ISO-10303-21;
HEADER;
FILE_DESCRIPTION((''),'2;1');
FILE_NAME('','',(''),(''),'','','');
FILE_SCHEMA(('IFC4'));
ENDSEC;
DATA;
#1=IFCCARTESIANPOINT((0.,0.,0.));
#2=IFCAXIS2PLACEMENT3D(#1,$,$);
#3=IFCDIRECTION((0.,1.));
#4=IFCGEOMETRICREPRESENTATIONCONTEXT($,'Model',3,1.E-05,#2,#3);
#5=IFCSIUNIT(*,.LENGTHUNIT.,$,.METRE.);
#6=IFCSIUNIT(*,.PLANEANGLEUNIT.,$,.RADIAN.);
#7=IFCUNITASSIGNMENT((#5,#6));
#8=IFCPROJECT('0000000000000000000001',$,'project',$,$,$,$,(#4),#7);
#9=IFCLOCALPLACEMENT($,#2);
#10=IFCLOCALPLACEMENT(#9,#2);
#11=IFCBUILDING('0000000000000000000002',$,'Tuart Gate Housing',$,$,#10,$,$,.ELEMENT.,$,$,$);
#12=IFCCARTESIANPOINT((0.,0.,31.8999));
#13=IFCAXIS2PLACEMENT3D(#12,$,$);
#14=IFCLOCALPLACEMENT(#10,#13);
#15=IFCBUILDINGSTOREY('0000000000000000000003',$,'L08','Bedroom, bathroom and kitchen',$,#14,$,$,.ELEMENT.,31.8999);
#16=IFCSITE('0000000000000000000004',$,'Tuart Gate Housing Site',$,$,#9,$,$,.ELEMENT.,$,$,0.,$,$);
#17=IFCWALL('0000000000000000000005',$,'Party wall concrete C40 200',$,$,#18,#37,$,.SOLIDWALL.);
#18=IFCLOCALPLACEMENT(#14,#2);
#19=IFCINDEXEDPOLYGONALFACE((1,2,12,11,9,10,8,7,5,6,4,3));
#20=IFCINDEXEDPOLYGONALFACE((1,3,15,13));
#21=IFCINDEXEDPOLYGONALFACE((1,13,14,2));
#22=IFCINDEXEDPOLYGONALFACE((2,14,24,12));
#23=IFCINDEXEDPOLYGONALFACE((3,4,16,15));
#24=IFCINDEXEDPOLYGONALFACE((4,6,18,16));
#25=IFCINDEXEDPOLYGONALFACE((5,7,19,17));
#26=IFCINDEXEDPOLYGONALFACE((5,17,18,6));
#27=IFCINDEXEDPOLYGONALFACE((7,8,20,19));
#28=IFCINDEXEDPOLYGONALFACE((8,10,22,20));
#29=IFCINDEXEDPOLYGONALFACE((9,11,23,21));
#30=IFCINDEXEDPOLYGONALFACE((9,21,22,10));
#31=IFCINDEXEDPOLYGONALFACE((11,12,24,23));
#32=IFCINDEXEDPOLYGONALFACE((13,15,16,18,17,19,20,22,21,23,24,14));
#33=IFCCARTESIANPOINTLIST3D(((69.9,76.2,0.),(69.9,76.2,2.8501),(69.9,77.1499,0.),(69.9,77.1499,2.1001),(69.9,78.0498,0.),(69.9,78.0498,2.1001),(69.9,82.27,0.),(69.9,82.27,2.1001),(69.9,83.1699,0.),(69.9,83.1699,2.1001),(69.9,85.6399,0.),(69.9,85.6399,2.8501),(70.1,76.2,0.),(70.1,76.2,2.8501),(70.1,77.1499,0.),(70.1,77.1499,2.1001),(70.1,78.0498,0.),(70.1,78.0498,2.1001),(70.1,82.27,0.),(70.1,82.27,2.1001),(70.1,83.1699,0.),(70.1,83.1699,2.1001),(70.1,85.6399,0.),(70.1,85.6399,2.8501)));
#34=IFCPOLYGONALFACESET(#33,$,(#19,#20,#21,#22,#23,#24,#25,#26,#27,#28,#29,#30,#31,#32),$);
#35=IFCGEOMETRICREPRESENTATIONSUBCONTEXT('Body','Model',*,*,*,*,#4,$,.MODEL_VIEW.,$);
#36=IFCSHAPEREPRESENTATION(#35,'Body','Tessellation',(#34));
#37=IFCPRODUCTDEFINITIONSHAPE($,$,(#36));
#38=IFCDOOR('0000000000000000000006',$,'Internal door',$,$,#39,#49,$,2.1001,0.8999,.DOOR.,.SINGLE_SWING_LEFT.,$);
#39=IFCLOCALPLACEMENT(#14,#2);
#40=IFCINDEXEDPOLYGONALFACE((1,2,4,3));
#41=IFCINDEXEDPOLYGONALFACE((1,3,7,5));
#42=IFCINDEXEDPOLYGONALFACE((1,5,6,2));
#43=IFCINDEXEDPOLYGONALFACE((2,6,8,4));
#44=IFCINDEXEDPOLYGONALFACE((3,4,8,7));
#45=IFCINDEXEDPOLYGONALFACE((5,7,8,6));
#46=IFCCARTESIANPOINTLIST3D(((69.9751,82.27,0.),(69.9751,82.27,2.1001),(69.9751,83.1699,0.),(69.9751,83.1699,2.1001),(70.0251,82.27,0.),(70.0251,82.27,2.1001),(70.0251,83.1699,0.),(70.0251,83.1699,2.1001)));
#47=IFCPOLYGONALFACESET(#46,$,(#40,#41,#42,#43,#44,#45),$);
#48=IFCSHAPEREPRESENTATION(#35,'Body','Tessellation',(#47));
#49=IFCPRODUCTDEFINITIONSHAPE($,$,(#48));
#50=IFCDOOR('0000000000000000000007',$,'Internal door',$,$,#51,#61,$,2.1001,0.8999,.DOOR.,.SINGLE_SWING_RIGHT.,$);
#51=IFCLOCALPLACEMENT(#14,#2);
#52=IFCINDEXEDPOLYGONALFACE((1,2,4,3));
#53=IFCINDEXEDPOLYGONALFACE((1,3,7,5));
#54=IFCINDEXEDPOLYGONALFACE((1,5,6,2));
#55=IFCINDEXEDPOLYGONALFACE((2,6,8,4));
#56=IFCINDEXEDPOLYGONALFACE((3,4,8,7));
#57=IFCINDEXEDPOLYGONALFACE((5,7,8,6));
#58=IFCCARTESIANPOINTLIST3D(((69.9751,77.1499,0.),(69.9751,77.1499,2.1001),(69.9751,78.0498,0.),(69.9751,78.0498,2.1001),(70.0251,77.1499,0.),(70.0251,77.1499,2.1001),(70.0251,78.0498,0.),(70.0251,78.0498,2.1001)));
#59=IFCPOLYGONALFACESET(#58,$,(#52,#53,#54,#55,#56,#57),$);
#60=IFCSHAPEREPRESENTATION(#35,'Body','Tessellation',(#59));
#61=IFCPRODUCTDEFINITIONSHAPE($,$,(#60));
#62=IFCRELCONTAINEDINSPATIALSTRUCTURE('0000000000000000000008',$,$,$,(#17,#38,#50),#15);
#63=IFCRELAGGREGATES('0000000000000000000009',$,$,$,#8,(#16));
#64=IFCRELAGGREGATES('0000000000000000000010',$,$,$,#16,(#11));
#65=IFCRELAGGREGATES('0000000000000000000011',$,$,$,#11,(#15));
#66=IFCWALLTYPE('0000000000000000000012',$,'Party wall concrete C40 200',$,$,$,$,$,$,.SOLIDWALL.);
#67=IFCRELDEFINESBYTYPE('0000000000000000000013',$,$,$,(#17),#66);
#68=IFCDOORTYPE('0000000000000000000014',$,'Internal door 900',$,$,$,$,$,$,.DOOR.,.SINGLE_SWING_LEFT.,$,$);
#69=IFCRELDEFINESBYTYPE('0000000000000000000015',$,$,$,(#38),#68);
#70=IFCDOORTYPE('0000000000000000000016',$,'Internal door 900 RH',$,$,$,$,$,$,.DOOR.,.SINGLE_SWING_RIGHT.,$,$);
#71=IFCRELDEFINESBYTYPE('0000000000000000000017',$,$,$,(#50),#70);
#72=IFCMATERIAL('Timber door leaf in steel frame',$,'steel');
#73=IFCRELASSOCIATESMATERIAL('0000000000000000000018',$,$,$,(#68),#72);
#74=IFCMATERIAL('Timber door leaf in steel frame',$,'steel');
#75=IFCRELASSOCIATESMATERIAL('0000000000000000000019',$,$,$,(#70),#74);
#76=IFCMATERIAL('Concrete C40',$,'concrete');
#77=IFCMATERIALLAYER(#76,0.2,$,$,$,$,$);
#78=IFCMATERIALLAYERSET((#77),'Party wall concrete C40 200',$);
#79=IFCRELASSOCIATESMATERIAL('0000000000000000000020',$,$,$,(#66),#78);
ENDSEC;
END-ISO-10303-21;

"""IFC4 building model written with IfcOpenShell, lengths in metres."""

from ifc_helpers import new_model, si_unit, direction, frame, frame_2d, origin, place, context, subcontext, project, spatial, rectangle, extrude, material, layer, layer_set, type_object, element, fill, save


model = new_model("IFC4")

# Units and contexts
model_context = context("Model", 3, precision=1e-05, world=origin(), true_north=direction((0.0, 1.0)))
body_context = subcontext(model_context, "Body", "Model", "MODEL_VIEW")
ifc_project = project(units=[si_unit("LENGTHUNIT", "METRE"), si_unit("PLANEANGLEUNIT", "RADIAN")], contexts=[model_context])

# Site, building, storey
site_placement = place(None, origin())
site = spatial("IfcSite", under=ifc_project, at=site_placement, Name="Tuart Gate Housing Site", CompositionType="ELEMENT", RefElevation=0.0)
building_placement = place(site_placement, origin())
building = spatial("IfcBuilding", under=site, at=building_placement, Name="Tuart Gate Housing", CompositionType="ELEMENT")
storey_placement = place(building_placement, frame((0.0, 0.0, 31.8999)))
storey = spatial("IfcBuildingStorey", under=building, at=storey_placement, Name="L08", Description="Bedroom, bathroom and kitchen", CompositionType="ELEMENT", Elevation=31.8999)

# Shared definitions
ifc_material_1 = material(Name="Timber door leaf in steel frame", Category="steel")
door_type_1 = type_object("IfcDoorType", Name="Internal door 900", OperationType="SINGLE_SWING_LEFT", PredefinedType="DOOR", material=ifc_material_1)

# Shared definitions
ifc_material_2 = material(Name="Timber door leaf in steel frame", Category="steel")
door_type_2 = type_object("IfcDoorType", Name="Internal door 900 RH", OperationType="SINGLE_SWING_RIGHT", PredefinedType="DOOR", material=ifc_material_2)

# Shared definitions
ifc_material_3 = material(Name="Concrete C40", Category="concrete")
ifc_layer_1 = layer(ifc_material_3, 0.2)
ifc_layer_set_1 = layer_set([ifc_layer_1], Name="Party wall concrete C40 200")
wall_type_1 = type_object("IfcWallType", Name="Party wall concrete C40 200", PredefinedType="SOLIDWALL", material=ifc_layer_set_1)

# Wall, openings, doors
wall_1_placement = place(storey_placement, frame((70.0, 76.2, 0.0), z_axis=(0.0, 0.0, 1.0), x_axis=(0.0, 1.0, 0.0)))
wall_1 = element("IfcWall", 1, at=wall_1_placement, inside=storey, type_object=wall_type_1, Name="Party wall concrete C40 200", PredefinedType="SOLIDWALL", context=body_context, shape_type="SweptSolid", body=[
    extrude(rectangle(XDim=9.4399, YDim=0.2, at=frame_2d((4.72, 0.0))), origin(), (0.0, 0.0, 1.0), 2.8501),
])
opening_1_placement = place(wall_1_placement, frame((6.0701, 0.0, 0.0)))
opening_1 = element("IfcOpeningElement", 2, at=opening_1_placement, cuts=wall_1, PredefinedType="OPENING", context=body_context, shape_type="SweptSolid", body=[
    extrude(rectangle(XDim=0.8999, YDim=2.1001, at=frame_2d((0.45, 1.05))), frame((0.0, 0.1099, 0.0), z_axis=(0.0, -1.0, 0.0), x_axis=(1.0, 0.0, 0.0)), (0.0, 0.0, 1.0), 0.22),
])
opening_2_placement = place(wall_1_placement, frame((0.95, 0.0, 0.0)))
opening_2 = element("IfcOpeningElement", 3, at=opening_2_placement, cuts=wall_1, PredefinedType="OPENING", context=body_context, shape_type="SweptSolid", body=[
    extrude(rectangle(XDim=0.8999, YDim=2.1001, at=frame_2d((0.45, 1.05))), frame((0.0, 0.1099, 0.0), z_axis=(0.0, -1.0, 0.0), x_axis=(1.0, 0.0, 0.0)), (0.0, 0.0, 1.0), 0.22),
])
door_1_placement = place(opening_1_placement, frame((0.8999, 0.0, 0.0), z_axis=(0.0, 0.0, 1.0), x_axis=(-1.0, 0.0, 0.0)))
door_1 = element("IfcDoor", 4, at=door_1_placement, inside=storey, type_object=door_type_1, Name="Internal door", OperationType="SINGLE_SWING_LEFT", OverallHeight=2.1001, OverallWidth=0.8999, PredefinedType="DOOR", context=body_context, shape_type="SweptSolid", body=[
    extrude(rectangle(XDim=0.8999, YDim=2.1001, at=frame_2d((0.45, 1.05))), frame((0.0, 0.0251, 0.0), z_axis=(0.0, -1.0, 0.0), x_axis=(1.0, 0.0, 0.0)), (0.0, 0.0, 1.0), 0.05),
])
fill(opening_1, door_1)
door_2_placement = place(opening_2_placement, frame((0.8999, 0.0, 0.0), z_axis=(0.0, 0.0, 1.0), x_axis=(-1.0, 0.0, 0.0)))
door_2 = element("IfcDoor", 5, at=door_2_placement, inside=storey, type_object=door_type_2, Name="Internal door", OperationType="SINGLE_SWING_RIGHT", OverallHeight=2.1001, OverallWidth=0.8999, PredefinedType="DOOR", context=body_context, shape_type="SweptSolid", body=[
    extrude(rectangle(XDim=0.8999, YDim=2.1001, at=frame_2d((0.45, 1.05))), frame((0.0, 0.0251, 0.0), z_axis=(0.0, -1.0, 0.0), x_axis=(1.0, 0.0, 0.0)), (0.0, 0.0, 1.0), 0.05),
])
fill(opening_2, door_2)

save(model, "model.ifc")
